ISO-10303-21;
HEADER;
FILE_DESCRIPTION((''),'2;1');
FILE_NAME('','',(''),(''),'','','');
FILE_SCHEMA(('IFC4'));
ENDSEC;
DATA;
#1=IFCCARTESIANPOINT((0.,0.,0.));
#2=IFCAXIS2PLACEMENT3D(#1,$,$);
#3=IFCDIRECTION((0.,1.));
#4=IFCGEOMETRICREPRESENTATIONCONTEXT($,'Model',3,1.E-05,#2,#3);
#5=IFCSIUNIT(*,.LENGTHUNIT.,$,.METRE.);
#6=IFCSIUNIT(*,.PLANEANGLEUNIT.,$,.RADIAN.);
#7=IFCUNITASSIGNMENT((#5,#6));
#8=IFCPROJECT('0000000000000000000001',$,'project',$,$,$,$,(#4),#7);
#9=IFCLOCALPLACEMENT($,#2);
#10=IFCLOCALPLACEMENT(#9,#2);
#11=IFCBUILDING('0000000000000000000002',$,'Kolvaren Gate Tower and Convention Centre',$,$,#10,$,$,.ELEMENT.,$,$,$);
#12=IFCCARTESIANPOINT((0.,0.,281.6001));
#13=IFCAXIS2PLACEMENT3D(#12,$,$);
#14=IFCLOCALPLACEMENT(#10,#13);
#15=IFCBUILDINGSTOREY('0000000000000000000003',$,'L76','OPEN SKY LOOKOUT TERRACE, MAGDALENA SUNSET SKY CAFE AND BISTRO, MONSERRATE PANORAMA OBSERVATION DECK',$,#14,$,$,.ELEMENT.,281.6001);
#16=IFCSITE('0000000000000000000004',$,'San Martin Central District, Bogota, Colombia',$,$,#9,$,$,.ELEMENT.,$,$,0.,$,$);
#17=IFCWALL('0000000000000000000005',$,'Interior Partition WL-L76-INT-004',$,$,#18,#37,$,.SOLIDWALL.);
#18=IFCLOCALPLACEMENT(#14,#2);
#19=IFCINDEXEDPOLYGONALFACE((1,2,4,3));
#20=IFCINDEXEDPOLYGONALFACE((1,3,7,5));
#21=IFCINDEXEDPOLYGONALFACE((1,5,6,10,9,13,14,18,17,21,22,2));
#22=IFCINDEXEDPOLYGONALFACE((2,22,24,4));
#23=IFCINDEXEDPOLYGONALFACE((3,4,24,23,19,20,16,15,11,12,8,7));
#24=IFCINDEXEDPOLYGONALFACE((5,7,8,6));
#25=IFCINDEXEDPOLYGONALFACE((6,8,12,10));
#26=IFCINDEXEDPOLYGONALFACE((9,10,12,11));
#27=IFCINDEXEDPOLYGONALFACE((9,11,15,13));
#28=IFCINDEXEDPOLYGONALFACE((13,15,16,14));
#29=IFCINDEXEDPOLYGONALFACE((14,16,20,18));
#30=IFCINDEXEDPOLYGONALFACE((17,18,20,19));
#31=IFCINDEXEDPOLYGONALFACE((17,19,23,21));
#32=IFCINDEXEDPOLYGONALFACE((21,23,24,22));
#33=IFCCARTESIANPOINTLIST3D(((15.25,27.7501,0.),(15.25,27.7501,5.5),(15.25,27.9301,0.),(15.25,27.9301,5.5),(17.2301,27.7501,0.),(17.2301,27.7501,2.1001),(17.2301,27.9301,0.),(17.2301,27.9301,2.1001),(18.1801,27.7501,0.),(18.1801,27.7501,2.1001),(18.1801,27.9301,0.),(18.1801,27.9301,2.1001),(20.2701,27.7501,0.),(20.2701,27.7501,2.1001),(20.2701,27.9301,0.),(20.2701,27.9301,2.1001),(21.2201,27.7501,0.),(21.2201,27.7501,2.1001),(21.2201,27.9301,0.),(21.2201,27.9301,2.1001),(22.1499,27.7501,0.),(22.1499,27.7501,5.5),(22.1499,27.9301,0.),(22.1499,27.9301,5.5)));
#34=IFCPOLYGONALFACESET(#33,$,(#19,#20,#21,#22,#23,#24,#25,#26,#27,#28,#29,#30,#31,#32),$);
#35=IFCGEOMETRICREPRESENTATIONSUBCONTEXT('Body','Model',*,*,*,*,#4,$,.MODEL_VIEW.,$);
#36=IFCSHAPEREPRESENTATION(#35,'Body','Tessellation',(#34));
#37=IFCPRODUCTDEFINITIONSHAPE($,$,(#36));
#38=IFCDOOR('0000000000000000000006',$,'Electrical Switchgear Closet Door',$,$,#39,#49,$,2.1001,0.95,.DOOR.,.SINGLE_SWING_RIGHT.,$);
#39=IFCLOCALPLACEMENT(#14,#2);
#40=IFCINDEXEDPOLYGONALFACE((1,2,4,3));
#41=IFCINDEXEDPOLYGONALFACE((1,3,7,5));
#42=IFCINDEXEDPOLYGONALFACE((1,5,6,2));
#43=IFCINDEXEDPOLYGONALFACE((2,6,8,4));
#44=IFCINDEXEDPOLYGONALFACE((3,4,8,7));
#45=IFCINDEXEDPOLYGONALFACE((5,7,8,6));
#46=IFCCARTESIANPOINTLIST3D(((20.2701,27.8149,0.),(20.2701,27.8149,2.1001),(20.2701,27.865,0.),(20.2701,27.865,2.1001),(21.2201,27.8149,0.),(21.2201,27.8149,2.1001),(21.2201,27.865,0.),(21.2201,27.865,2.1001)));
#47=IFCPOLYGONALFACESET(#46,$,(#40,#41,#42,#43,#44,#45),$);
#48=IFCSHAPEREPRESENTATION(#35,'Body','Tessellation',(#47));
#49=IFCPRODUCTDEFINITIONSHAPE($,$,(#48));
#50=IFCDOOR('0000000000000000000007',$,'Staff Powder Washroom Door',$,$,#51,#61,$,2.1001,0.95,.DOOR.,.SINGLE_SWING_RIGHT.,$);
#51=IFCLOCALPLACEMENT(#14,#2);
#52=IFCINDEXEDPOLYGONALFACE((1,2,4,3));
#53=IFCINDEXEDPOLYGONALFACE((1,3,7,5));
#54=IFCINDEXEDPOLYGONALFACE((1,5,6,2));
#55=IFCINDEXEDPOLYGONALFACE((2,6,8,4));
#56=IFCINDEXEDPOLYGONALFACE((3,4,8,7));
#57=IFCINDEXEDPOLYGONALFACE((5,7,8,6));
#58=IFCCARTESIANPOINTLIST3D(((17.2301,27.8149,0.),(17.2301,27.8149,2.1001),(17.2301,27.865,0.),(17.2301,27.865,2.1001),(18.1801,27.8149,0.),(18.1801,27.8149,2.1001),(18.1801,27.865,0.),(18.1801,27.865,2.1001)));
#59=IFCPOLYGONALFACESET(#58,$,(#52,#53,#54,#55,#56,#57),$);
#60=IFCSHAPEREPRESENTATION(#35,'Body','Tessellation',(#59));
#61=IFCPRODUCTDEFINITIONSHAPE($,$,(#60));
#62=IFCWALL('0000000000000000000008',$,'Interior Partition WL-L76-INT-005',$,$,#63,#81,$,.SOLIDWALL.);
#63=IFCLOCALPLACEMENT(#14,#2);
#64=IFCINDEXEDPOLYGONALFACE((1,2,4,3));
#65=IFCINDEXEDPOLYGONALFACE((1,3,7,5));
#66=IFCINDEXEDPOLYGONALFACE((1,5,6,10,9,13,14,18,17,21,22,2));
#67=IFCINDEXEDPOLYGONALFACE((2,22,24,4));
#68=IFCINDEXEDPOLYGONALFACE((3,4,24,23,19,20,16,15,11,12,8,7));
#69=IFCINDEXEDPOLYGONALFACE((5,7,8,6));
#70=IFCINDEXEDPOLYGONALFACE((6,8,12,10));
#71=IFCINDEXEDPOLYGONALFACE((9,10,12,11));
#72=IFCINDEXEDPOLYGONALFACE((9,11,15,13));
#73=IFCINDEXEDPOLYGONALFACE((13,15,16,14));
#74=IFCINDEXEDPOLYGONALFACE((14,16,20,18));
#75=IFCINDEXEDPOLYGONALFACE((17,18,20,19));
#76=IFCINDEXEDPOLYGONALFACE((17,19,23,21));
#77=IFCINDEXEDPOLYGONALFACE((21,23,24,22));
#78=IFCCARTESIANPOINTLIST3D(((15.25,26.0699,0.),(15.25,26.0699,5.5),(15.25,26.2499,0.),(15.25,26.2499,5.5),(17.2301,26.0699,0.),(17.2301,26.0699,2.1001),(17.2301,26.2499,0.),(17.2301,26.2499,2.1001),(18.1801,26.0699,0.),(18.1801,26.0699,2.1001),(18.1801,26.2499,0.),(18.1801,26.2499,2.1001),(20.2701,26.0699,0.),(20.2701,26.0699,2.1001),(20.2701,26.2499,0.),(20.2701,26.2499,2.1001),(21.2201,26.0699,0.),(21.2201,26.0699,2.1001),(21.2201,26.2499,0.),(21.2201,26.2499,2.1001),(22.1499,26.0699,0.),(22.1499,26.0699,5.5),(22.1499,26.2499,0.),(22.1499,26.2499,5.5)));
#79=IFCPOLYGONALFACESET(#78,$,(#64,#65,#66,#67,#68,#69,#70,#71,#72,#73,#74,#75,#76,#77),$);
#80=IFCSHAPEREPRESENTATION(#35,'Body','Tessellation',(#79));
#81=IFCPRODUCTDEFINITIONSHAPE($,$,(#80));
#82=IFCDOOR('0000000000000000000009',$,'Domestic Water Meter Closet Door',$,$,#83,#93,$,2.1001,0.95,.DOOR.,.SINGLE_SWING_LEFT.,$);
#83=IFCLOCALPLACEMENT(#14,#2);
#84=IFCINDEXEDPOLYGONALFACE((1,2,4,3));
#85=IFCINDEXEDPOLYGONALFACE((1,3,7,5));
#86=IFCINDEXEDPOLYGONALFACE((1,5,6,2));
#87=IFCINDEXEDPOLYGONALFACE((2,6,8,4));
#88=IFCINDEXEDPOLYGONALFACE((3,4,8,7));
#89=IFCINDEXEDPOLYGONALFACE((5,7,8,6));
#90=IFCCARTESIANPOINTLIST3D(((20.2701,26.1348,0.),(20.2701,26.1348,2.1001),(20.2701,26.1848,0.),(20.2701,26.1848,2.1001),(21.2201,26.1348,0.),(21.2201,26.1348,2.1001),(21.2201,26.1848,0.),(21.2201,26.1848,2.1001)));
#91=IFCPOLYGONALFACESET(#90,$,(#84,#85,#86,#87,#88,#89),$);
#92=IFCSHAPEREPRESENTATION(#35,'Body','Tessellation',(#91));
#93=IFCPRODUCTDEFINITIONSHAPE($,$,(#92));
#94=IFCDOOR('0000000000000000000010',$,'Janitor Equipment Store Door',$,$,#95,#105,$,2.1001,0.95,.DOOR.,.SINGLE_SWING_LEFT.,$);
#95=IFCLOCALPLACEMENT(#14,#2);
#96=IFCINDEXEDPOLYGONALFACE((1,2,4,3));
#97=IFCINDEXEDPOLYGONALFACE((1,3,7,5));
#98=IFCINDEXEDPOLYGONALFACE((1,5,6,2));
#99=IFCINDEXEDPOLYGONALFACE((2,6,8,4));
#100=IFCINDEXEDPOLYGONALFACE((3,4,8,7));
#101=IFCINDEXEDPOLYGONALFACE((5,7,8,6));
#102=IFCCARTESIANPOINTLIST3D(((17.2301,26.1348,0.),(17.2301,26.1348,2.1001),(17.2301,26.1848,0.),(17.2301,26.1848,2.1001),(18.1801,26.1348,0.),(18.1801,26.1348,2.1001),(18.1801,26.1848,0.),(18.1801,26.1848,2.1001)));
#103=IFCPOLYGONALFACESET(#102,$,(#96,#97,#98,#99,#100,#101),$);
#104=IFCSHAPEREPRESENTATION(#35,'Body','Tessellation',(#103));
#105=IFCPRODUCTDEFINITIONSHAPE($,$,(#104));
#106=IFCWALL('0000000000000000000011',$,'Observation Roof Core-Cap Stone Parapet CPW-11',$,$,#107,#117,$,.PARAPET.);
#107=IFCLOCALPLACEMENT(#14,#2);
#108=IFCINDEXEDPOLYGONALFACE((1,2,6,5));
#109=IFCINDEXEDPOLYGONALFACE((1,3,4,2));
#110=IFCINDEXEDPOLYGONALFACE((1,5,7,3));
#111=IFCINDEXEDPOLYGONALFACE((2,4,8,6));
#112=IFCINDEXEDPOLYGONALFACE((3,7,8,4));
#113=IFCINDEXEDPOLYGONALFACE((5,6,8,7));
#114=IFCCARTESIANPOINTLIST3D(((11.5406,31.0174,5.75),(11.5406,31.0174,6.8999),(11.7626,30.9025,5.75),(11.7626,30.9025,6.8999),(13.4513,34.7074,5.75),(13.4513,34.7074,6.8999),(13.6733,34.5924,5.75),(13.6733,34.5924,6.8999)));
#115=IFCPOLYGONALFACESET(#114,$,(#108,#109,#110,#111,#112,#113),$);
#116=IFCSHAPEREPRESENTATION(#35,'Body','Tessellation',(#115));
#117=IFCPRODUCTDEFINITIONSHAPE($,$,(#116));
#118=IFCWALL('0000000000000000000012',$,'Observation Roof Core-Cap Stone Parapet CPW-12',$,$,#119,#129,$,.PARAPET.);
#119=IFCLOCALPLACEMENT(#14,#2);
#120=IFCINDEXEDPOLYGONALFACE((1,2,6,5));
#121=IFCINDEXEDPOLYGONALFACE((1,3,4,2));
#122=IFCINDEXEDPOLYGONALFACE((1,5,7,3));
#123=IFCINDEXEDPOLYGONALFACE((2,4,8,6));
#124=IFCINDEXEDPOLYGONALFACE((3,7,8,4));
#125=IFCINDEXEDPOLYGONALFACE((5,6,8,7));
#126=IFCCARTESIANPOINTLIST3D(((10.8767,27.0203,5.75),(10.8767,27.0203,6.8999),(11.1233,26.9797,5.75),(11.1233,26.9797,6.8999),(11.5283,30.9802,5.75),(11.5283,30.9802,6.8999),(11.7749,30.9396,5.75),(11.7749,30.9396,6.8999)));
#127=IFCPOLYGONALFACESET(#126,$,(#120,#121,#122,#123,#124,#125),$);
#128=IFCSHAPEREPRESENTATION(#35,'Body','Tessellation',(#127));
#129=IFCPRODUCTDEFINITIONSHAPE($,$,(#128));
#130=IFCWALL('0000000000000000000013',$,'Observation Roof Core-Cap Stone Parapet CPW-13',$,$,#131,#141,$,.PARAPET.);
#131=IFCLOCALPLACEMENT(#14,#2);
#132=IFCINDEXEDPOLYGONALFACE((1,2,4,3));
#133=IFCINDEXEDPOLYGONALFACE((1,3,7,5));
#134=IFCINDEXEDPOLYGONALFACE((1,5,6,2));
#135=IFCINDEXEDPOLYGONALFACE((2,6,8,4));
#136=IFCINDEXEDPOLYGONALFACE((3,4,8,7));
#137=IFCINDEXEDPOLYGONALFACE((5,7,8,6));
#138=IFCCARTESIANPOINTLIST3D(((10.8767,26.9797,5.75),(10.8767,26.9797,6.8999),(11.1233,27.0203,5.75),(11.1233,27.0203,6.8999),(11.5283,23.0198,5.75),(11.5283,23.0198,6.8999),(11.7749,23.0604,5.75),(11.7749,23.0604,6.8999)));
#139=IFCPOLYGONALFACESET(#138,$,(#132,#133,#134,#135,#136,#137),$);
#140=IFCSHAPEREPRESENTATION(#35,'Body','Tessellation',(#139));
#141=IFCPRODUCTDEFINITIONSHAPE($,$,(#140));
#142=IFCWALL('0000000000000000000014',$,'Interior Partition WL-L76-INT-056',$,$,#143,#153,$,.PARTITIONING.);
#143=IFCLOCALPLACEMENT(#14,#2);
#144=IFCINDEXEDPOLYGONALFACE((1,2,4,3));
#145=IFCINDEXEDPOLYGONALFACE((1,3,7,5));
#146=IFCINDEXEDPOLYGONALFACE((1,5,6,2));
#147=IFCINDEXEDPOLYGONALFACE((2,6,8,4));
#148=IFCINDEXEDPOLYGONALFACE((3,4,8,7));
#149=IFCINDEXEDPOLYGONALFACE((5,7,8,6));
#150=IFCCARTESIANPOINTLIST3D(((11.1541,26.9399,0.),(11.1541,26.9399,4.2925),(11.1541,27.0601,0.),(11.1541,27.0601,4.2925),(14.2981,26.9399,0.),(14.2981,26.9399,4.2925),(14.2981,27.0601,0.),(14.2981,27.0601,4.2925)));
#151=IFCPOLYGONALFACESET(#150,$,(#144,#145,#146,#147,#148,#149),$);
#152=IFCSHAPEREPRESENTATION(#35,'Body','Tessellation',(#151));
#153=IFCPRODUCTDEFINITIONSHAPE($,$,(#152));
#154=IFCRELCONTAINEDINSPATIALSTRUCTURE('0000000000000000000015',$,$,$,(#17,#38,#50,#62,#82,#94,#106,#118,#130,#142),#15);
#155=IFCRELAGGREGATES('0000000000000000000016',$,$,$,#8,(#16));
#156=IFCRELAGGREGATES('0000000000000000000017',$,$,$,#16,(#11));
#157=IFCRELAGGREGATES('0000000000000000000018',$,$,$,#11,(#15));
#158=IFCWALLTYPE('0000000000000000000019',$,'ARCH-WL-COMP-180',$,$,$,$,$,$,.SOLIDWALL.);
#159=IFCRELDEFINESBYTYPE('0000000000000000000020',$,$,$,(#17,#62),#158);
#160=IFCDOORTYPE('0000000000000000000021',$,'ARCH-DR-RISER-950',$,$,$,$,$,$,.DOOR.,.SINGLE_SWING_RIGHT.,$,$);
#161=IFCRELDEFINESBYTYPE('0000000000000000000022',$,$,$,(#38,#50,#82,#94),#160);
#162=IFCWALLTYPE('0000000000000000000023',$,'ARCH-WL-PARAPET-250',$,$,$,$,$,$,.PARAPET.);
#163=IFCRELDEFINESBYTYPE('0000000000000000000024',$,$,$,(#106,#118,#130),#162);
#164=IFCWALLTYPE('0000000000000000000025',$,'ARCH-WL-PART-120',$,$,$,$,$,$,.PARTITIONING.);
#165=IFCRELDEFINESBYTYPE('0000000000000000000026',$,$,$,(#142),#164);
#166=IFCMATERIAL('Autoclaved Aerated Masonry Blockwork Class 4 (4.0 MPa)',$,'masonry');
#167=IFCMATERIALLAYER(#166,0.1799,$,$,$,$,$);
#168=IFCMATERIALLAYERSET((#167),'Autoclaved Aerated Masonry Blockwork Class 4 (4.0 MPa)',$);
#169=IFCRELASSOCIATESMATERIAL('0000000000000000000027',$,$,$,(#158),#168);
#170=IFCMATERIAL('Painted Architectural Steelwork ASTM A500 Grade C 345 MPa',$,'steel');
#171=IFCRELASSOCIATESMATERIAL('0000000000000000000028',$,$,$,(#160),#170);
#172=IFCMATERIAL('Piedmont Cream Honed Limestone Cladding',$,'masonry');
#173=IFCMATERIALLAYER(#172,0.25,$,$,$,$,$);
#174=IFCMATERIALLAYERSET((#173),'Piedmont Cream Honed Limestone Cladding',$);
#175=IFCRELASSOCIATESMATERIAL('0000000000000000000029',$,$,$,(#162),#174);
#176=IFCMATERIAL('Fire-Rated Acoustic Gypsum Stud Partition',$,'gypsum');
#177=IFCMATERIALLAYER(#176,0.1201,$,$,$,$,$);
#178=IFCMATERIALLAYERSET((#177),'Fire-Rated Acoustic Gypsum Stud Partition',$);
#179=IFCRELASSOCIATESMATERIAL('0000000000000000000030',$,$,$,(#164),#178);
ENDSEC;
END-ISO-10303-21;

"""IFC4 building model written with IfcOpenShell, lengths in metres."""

from ifc_helpers import new_model, si_unit, direction, frame, frame_2d, origin, place, context, subcontext, project, spatial, rectangle, extrude, material, layer, layer_set, type_object, element, fill, save


model = new_model("IFC4")

# Units and contexts
model_context = context("Model", 3, precision=1e-05, world=origin(), true_north=direction((0.0, 1.0)))
body_context = subcontext(model_context, "Body", "Model", "MODEL_VIEW")
ifc_project = project(units=[si_unit("LENGTHUNIT", "METRE"), si_unit("PLANEANGLEUNIT", "RADIAN")], contexts=[model_context])

# Site, building, storey
site_placement = place(None, origin())
site = spatial("IfcSite", under=ifc_project, at=site_placement, Name="San Martin Central District, Bogota, Colombia", CompositionType="ELEMENT", RefElevation=0.0)
building_placement = place(site_placement, origin())
building = spatial("IfcBuilding", under=site, at=building_placement, Name="Kolvaren Gate Tower and Convention Centre", CompositionType="ELEMENT")
storey_placement = place(building_placement, frame((0.0, 0.0, 281.6001)))
storey = spatial("IfcBuildingStorey", under=building, at=storey_placement, Name="L76", Description="OPEN SKY LOOKOUT TERRACE, MAGDALENA SUNSET SKY CAFE AND BISTRO, MONSERRATE PANORAMA OBSERVATION DECK", CompositionType="ELEMENT", Elevation=281.6001)

# Walls, openings, doors
ifc_material_1 = material(Name="Autoclaved Aerated Masonry Blockwork Class 4 (4.0 MPa)", Category="masonry")
ifc_layer_1 = layer(ifc_material_1, 0.1799)
ifc_layer_set_1 = layer_set([ifc_layer_1], Name="Autoclaved Aerated Masonry Blockwork Class 4 (4.0 MPa)")
wall_type_1 = type_object("IfcWallType", Name="ARCH-WL-COMP-180", PredefinedType="SOLIDWALL", material=ifc_layer_set_1)
wall_1_placement = place(storey_placement, frame((15.25, 27.8401, 0.0), z_axis=(0.0, 0.0, 1.0), x_axis=(1.0, 0.0, 0.0)))
wall_1 = element("IfcWall", 1, at=wall_1_placement, inside=storey, type_object=wall_type_1, Name="Interior Partition WL-L76-INT-004", PredefinedType="SOLIDWALL", context=body_context, shape_type="SweptSolid", body=[
    extrude(rectangle(XDim=6.8999, YDim=0.1799, at=frame_2d((3.45, 0.0))), origin(), (0.0, 0.0, 1.0), 5.5),
])
opening_1_placement = place(wall_1_placement, frame((5.02, 0.0, 0.0)))
opening_1 = element("IfcOpeningElement", 2, at=opening_1_placement, cuts=wall_1, PredefinedType="OPENING", context=body_context, shape_type="SweptSolid", body=[
    extrude(rectangle(XDim=0.95, YDim=2.1001, at=frame_2d((0.4751, 1.05))), frame((0.0, 0.0999, 0.0), z_axis=(0.0, -1.0, 0.0), x_axis=(1.0, 0.0, 0.0)), (0.0, 0.0, 1.0), 0.2),
])
opening_2_placement = place(wall_1_placement, frame((1.98, 0.0, 0.0)))
opening_2 = element("IfcOpeningElement", 3, at=opening_2_placement, cuts=wall_1, PredefinedType="OPENING", context=body_context, shape_type="SweptSolid", body=[
    extrude(rectangle(XDim=0.95, YDim=2.1001, at=frame_2d((0.4751, 1.05))), frame((0.0, 0.0999, 0.0), z_axis=(0.0, -1.0, 0.0), x_axis=(1.0, 0.0, 0.0)), (0.0, 0.0, 1.0), 0.2),
])
ifc_material_2 = material(Name="Painted Architectural Steelwork ASTM A500 Grade C 345 MPa", Category="steel")
door_type_1 = type_object("IfcDoorType", Name="ARCH-DR-RISER-950", OperationType="SINGLE_SWING_RIGHT", PredefinedType="DOOR", material=ifc_material_2)
door_1_placement = place(opening_1_placement, origin())
door_1 = element("IfcDoor", 4, at=door_1_placement, inside=storey, type_object=door_type_1, Name="Electrical Switchgear Closet Door", OperationType="SINGLE_SWING_RIGHT", OverallHeight=2.1001, OverallWidth=0.95, PredefinedType="DOOR", context=body_context, shape_type="SweptSolid", body=[
    extrude(rectangle(XDim=0.95, YDim=2.1001, at=frame_2d((0.4751, 1.05))), frame((0.0, 0.0249, 0.0), z_axis=(0.0, -1.0, 0.0), x_axis=(1.0, 0.0, 0.0)), (0.0, 0.0, 1.0), 0.05),
])
fill(opening_1, door_1)
door_2_placement = place(opening_2_placement, origin())
door_2 = element("IfcDoor", 5, at=door_2_placement, inside=storey, type_object=door_type_1, Name="Staff Powder Washroom Door", OperationType="SINGLE_SWING_RIGHT", OverallHeight=2.1001, OverallWidth=0.95, PredefinedType="DOOR", context=body_context, shape_type="SweptSolid", body=[
    extrude(rectangle(XDim=0.95, YDim=2.1001, at=frame_2d((0.4751, 1.05))), frame((0.0, 0.0249, 0.0), z_axis=(0.0, -1.0, 0.0), x_axis=(1.0, 0.0, 0.0)), (0.0, 0.0, 1.0), 0.05),
])
fill(opening_2, door_2)
wall_2_placement = place(storey_placement, frame((15.25, 26.1599, 0.0), z_axis=(0.0, 0.0, 1.0), x_axis=(1.0, 0.0, 0.0)))
wall_2 = element("IfcWall", 6, at=wall_2_placement, inside=storey, type_object=wall_type_1, Name="Interior Partition WL-L76-INT-005", PredefinedType="SOLIDWALL", context=body_context, shape_type="SweptSolid", body=[
    extrude(rectangle(XDim=6.8999, YDim=0.1799, at=frame_2d((3.45, 0.0))), origin(), (0.0, 0.0, 1.0), 5.5),
])
opening_3_placement = place(wall_2_placement, frame((5.02, 0.0, 0.0)))
opening_3 = element("IfcOpeningElement", 7, at=opening_3_placement, cuts=wall_2, PredefinedType="OPENING", context=body_context, shape_type="SweptSolid", body=[
    extrude(rectangle(XDim=0.95, YDim=2.1001, at=frame_2d((0.4751, 1.05))), frame((0.0, 0.0999, 0.0), z_axis=(0.0, -1.0, 0.0), x_axis=(1.0, 0.0, 0.0)), (0.0, 0.0, 1.0), 0.2),
])
opening_4_placement = place(wall_2_placement, frame((1.98, 0.0, 0.0)))
opening_4 = element("IfcOpeningElement", 8, at=opening_4_placement, cuts=wall_2, PredefinedType="OPENING", context=body_context, shape_type="SweptSolid", body=[
    extrude(rectangle(XDim=0.95, YDim=2.1001, at=frame_2d((0.4751, 1.05))), frame((0.0, 0.0999, 0.0), z_axis=(0.0, -1.0, 0.0), x_axis=(1.0, 0.0, 0.0)), (0.0, 0.0, 1.0), 0.2),
])
door_3_placement = place(opening_3_placement, origin())
door_3 = element("IfcDoor", 9, at=door_3_placement, inside=storey, type_object=door_type_1, Name="Domestic Water Meter Closet Door", OperationType="SINGLE_SWING_LEFT", OverallHeight=2.1001, OverallWidth=0.95, PredefinedType="DOOR", context=body_context, shape_type="SweptSolid", body=[
    extrude(rectangle(XDim=0.95, YDim=2.1001, at=frame_2d((0.4751, 1.05))), frame((0.0, 0.0249, 0.0), z_axis=(0.0, -1.0, 0.0), x_axis=(1.0, 0.0, 0.0)), (0.0, 0.0, 1.0), 0.05),
])
fill(opening_3, door_3)
door_4_placement = place(opening_4_placement, origin())
door_4 = element("IfcDoor", 10, at=door_4_placement, inside=storey, type_object=door_type_1, Name="Janitor Equipment Store Door", OperationType="SINGLE_SWING_LEFT", OverallHeight=2.1001, OverallWidth=0.95, PredefinedType="DOOR", context=body_context, shape_type="SweptSolid", body=[
    extrude(rectangle(XDim=0.95, YDim=2.1001, at=frame_2d((0.4751, 1.05))), frame((0.0, 0.0249, 0.0), z_axis=(0.0, -1.0, 0.0), x_axis=(1.0, 0.0, 0.0)), (0.0, 0.0, 1.0), 0.05),
])
fill(opening_4, door_4)

# Walls
ifc_material_3 = material(Name="Piedmont Cream Honed Limestone Cladding", Category="masonry")
ifc_layer_2 = layer(ifc_material_3, 0.25)
ifc_layer_set_2 = layer_set([ifc_layer_2], Name="Piedmont Cream Honed Limestone Cladding")
wall_type_2 = type_object("IfcWallType", Name="ARCH-WL-PARAPET-250", PredefinedType="PARAPET", material=ifc_layer_set_2)
wall_3_placement = place(storey_placement, frame((11.6516, 30.96, 5.75), z_axis=(0.0, 0.0, 1.0), x_axis=(0.459813, 0.888016, 0.0)))
element("IfcWall", 11, at=wall_3_placement, inside=storey, type_object=wall_type_2, Name="Observation Roof Core-Cap Stone Parapet CPW-11", PredefinedType="PARAPET", context=body_context, shape_type="SweptSolid", body=[
    extrude(rectangle(XDim=4.1553, YDim=0.25, at=frame_2d((2.0776, 0.0))), origin(), (0.0, 0.0, 1.0), 1.1499),
])
for number, where, z_axis, x_axis, name in (
    (12, (11.0, 27.0, 5.75), (0.0, 0.0, 1.0), (0.162366, 0.986731, 0.0), "Observation Roof Core-Cap Stone Parapet CPW-12"),
    (13, (11.0, 27.0, 5.75), (0.0, 0.0, 1.0), (0.162366, -0.986731, 0.0), "Observation Roof Core-Cap Stone Parapet CPW-13"),
):
    element("IfcWall", number, at=place(storey_placement, frame(where, z_axis=z_axis, x_axis=x_axis)), inside=storey, type_object=wall_type_2, Name=name, PredefinedType="PARAPET", context=body_context, shape_type="SweptSolid", body=[
        extrude(rectangle(XDim=4.0132, YDim=0.25, at=frame_2d((2.0066, 0.0))), origin(), (0.0, 0.0, 1.0), 1.1499),
    ])
ifc_material_4 = material(Name="Fire-Rated Acoustic Gypsum Stud Partition", Category="gypsum")
ifc_layer_3 = layer(ifc_material_4, 0.1201)
ifc_layer_set_3 = layer_set([ifc_layer_3], Name="Fire-Rated Acoustic Gypsum Stud Partition")
wall_type_3 = type_object("IfcWallType", Name="ARCH-WL-PART-120", PredefinedType="PARTITIONING", material=ifc_layer_set_3)
wall_4_placement = place(storey_placement, frame((11.1541, 27.0, 0.0), z_axis=(0.0, 0.0, 1.0), x_axis=(1.0, 0.0, 0.0)))
element("IfcWall", 14, at=wall_4_placement, inside=storey, type_object=wall_type_3, Name="Interior Partition WL-L76-INT-056", PredefinedType="PARTITIONING", context=body_context, shape_type="SweptSolid", body=[
    extrude(rectangle(XDim=3.144, YDim=0.1201, at=frame_2d((1.572, 0.0))), origin(), (0.0, 0.0, 1.0), 4.2925),
])

save(model, "model.ifc")
